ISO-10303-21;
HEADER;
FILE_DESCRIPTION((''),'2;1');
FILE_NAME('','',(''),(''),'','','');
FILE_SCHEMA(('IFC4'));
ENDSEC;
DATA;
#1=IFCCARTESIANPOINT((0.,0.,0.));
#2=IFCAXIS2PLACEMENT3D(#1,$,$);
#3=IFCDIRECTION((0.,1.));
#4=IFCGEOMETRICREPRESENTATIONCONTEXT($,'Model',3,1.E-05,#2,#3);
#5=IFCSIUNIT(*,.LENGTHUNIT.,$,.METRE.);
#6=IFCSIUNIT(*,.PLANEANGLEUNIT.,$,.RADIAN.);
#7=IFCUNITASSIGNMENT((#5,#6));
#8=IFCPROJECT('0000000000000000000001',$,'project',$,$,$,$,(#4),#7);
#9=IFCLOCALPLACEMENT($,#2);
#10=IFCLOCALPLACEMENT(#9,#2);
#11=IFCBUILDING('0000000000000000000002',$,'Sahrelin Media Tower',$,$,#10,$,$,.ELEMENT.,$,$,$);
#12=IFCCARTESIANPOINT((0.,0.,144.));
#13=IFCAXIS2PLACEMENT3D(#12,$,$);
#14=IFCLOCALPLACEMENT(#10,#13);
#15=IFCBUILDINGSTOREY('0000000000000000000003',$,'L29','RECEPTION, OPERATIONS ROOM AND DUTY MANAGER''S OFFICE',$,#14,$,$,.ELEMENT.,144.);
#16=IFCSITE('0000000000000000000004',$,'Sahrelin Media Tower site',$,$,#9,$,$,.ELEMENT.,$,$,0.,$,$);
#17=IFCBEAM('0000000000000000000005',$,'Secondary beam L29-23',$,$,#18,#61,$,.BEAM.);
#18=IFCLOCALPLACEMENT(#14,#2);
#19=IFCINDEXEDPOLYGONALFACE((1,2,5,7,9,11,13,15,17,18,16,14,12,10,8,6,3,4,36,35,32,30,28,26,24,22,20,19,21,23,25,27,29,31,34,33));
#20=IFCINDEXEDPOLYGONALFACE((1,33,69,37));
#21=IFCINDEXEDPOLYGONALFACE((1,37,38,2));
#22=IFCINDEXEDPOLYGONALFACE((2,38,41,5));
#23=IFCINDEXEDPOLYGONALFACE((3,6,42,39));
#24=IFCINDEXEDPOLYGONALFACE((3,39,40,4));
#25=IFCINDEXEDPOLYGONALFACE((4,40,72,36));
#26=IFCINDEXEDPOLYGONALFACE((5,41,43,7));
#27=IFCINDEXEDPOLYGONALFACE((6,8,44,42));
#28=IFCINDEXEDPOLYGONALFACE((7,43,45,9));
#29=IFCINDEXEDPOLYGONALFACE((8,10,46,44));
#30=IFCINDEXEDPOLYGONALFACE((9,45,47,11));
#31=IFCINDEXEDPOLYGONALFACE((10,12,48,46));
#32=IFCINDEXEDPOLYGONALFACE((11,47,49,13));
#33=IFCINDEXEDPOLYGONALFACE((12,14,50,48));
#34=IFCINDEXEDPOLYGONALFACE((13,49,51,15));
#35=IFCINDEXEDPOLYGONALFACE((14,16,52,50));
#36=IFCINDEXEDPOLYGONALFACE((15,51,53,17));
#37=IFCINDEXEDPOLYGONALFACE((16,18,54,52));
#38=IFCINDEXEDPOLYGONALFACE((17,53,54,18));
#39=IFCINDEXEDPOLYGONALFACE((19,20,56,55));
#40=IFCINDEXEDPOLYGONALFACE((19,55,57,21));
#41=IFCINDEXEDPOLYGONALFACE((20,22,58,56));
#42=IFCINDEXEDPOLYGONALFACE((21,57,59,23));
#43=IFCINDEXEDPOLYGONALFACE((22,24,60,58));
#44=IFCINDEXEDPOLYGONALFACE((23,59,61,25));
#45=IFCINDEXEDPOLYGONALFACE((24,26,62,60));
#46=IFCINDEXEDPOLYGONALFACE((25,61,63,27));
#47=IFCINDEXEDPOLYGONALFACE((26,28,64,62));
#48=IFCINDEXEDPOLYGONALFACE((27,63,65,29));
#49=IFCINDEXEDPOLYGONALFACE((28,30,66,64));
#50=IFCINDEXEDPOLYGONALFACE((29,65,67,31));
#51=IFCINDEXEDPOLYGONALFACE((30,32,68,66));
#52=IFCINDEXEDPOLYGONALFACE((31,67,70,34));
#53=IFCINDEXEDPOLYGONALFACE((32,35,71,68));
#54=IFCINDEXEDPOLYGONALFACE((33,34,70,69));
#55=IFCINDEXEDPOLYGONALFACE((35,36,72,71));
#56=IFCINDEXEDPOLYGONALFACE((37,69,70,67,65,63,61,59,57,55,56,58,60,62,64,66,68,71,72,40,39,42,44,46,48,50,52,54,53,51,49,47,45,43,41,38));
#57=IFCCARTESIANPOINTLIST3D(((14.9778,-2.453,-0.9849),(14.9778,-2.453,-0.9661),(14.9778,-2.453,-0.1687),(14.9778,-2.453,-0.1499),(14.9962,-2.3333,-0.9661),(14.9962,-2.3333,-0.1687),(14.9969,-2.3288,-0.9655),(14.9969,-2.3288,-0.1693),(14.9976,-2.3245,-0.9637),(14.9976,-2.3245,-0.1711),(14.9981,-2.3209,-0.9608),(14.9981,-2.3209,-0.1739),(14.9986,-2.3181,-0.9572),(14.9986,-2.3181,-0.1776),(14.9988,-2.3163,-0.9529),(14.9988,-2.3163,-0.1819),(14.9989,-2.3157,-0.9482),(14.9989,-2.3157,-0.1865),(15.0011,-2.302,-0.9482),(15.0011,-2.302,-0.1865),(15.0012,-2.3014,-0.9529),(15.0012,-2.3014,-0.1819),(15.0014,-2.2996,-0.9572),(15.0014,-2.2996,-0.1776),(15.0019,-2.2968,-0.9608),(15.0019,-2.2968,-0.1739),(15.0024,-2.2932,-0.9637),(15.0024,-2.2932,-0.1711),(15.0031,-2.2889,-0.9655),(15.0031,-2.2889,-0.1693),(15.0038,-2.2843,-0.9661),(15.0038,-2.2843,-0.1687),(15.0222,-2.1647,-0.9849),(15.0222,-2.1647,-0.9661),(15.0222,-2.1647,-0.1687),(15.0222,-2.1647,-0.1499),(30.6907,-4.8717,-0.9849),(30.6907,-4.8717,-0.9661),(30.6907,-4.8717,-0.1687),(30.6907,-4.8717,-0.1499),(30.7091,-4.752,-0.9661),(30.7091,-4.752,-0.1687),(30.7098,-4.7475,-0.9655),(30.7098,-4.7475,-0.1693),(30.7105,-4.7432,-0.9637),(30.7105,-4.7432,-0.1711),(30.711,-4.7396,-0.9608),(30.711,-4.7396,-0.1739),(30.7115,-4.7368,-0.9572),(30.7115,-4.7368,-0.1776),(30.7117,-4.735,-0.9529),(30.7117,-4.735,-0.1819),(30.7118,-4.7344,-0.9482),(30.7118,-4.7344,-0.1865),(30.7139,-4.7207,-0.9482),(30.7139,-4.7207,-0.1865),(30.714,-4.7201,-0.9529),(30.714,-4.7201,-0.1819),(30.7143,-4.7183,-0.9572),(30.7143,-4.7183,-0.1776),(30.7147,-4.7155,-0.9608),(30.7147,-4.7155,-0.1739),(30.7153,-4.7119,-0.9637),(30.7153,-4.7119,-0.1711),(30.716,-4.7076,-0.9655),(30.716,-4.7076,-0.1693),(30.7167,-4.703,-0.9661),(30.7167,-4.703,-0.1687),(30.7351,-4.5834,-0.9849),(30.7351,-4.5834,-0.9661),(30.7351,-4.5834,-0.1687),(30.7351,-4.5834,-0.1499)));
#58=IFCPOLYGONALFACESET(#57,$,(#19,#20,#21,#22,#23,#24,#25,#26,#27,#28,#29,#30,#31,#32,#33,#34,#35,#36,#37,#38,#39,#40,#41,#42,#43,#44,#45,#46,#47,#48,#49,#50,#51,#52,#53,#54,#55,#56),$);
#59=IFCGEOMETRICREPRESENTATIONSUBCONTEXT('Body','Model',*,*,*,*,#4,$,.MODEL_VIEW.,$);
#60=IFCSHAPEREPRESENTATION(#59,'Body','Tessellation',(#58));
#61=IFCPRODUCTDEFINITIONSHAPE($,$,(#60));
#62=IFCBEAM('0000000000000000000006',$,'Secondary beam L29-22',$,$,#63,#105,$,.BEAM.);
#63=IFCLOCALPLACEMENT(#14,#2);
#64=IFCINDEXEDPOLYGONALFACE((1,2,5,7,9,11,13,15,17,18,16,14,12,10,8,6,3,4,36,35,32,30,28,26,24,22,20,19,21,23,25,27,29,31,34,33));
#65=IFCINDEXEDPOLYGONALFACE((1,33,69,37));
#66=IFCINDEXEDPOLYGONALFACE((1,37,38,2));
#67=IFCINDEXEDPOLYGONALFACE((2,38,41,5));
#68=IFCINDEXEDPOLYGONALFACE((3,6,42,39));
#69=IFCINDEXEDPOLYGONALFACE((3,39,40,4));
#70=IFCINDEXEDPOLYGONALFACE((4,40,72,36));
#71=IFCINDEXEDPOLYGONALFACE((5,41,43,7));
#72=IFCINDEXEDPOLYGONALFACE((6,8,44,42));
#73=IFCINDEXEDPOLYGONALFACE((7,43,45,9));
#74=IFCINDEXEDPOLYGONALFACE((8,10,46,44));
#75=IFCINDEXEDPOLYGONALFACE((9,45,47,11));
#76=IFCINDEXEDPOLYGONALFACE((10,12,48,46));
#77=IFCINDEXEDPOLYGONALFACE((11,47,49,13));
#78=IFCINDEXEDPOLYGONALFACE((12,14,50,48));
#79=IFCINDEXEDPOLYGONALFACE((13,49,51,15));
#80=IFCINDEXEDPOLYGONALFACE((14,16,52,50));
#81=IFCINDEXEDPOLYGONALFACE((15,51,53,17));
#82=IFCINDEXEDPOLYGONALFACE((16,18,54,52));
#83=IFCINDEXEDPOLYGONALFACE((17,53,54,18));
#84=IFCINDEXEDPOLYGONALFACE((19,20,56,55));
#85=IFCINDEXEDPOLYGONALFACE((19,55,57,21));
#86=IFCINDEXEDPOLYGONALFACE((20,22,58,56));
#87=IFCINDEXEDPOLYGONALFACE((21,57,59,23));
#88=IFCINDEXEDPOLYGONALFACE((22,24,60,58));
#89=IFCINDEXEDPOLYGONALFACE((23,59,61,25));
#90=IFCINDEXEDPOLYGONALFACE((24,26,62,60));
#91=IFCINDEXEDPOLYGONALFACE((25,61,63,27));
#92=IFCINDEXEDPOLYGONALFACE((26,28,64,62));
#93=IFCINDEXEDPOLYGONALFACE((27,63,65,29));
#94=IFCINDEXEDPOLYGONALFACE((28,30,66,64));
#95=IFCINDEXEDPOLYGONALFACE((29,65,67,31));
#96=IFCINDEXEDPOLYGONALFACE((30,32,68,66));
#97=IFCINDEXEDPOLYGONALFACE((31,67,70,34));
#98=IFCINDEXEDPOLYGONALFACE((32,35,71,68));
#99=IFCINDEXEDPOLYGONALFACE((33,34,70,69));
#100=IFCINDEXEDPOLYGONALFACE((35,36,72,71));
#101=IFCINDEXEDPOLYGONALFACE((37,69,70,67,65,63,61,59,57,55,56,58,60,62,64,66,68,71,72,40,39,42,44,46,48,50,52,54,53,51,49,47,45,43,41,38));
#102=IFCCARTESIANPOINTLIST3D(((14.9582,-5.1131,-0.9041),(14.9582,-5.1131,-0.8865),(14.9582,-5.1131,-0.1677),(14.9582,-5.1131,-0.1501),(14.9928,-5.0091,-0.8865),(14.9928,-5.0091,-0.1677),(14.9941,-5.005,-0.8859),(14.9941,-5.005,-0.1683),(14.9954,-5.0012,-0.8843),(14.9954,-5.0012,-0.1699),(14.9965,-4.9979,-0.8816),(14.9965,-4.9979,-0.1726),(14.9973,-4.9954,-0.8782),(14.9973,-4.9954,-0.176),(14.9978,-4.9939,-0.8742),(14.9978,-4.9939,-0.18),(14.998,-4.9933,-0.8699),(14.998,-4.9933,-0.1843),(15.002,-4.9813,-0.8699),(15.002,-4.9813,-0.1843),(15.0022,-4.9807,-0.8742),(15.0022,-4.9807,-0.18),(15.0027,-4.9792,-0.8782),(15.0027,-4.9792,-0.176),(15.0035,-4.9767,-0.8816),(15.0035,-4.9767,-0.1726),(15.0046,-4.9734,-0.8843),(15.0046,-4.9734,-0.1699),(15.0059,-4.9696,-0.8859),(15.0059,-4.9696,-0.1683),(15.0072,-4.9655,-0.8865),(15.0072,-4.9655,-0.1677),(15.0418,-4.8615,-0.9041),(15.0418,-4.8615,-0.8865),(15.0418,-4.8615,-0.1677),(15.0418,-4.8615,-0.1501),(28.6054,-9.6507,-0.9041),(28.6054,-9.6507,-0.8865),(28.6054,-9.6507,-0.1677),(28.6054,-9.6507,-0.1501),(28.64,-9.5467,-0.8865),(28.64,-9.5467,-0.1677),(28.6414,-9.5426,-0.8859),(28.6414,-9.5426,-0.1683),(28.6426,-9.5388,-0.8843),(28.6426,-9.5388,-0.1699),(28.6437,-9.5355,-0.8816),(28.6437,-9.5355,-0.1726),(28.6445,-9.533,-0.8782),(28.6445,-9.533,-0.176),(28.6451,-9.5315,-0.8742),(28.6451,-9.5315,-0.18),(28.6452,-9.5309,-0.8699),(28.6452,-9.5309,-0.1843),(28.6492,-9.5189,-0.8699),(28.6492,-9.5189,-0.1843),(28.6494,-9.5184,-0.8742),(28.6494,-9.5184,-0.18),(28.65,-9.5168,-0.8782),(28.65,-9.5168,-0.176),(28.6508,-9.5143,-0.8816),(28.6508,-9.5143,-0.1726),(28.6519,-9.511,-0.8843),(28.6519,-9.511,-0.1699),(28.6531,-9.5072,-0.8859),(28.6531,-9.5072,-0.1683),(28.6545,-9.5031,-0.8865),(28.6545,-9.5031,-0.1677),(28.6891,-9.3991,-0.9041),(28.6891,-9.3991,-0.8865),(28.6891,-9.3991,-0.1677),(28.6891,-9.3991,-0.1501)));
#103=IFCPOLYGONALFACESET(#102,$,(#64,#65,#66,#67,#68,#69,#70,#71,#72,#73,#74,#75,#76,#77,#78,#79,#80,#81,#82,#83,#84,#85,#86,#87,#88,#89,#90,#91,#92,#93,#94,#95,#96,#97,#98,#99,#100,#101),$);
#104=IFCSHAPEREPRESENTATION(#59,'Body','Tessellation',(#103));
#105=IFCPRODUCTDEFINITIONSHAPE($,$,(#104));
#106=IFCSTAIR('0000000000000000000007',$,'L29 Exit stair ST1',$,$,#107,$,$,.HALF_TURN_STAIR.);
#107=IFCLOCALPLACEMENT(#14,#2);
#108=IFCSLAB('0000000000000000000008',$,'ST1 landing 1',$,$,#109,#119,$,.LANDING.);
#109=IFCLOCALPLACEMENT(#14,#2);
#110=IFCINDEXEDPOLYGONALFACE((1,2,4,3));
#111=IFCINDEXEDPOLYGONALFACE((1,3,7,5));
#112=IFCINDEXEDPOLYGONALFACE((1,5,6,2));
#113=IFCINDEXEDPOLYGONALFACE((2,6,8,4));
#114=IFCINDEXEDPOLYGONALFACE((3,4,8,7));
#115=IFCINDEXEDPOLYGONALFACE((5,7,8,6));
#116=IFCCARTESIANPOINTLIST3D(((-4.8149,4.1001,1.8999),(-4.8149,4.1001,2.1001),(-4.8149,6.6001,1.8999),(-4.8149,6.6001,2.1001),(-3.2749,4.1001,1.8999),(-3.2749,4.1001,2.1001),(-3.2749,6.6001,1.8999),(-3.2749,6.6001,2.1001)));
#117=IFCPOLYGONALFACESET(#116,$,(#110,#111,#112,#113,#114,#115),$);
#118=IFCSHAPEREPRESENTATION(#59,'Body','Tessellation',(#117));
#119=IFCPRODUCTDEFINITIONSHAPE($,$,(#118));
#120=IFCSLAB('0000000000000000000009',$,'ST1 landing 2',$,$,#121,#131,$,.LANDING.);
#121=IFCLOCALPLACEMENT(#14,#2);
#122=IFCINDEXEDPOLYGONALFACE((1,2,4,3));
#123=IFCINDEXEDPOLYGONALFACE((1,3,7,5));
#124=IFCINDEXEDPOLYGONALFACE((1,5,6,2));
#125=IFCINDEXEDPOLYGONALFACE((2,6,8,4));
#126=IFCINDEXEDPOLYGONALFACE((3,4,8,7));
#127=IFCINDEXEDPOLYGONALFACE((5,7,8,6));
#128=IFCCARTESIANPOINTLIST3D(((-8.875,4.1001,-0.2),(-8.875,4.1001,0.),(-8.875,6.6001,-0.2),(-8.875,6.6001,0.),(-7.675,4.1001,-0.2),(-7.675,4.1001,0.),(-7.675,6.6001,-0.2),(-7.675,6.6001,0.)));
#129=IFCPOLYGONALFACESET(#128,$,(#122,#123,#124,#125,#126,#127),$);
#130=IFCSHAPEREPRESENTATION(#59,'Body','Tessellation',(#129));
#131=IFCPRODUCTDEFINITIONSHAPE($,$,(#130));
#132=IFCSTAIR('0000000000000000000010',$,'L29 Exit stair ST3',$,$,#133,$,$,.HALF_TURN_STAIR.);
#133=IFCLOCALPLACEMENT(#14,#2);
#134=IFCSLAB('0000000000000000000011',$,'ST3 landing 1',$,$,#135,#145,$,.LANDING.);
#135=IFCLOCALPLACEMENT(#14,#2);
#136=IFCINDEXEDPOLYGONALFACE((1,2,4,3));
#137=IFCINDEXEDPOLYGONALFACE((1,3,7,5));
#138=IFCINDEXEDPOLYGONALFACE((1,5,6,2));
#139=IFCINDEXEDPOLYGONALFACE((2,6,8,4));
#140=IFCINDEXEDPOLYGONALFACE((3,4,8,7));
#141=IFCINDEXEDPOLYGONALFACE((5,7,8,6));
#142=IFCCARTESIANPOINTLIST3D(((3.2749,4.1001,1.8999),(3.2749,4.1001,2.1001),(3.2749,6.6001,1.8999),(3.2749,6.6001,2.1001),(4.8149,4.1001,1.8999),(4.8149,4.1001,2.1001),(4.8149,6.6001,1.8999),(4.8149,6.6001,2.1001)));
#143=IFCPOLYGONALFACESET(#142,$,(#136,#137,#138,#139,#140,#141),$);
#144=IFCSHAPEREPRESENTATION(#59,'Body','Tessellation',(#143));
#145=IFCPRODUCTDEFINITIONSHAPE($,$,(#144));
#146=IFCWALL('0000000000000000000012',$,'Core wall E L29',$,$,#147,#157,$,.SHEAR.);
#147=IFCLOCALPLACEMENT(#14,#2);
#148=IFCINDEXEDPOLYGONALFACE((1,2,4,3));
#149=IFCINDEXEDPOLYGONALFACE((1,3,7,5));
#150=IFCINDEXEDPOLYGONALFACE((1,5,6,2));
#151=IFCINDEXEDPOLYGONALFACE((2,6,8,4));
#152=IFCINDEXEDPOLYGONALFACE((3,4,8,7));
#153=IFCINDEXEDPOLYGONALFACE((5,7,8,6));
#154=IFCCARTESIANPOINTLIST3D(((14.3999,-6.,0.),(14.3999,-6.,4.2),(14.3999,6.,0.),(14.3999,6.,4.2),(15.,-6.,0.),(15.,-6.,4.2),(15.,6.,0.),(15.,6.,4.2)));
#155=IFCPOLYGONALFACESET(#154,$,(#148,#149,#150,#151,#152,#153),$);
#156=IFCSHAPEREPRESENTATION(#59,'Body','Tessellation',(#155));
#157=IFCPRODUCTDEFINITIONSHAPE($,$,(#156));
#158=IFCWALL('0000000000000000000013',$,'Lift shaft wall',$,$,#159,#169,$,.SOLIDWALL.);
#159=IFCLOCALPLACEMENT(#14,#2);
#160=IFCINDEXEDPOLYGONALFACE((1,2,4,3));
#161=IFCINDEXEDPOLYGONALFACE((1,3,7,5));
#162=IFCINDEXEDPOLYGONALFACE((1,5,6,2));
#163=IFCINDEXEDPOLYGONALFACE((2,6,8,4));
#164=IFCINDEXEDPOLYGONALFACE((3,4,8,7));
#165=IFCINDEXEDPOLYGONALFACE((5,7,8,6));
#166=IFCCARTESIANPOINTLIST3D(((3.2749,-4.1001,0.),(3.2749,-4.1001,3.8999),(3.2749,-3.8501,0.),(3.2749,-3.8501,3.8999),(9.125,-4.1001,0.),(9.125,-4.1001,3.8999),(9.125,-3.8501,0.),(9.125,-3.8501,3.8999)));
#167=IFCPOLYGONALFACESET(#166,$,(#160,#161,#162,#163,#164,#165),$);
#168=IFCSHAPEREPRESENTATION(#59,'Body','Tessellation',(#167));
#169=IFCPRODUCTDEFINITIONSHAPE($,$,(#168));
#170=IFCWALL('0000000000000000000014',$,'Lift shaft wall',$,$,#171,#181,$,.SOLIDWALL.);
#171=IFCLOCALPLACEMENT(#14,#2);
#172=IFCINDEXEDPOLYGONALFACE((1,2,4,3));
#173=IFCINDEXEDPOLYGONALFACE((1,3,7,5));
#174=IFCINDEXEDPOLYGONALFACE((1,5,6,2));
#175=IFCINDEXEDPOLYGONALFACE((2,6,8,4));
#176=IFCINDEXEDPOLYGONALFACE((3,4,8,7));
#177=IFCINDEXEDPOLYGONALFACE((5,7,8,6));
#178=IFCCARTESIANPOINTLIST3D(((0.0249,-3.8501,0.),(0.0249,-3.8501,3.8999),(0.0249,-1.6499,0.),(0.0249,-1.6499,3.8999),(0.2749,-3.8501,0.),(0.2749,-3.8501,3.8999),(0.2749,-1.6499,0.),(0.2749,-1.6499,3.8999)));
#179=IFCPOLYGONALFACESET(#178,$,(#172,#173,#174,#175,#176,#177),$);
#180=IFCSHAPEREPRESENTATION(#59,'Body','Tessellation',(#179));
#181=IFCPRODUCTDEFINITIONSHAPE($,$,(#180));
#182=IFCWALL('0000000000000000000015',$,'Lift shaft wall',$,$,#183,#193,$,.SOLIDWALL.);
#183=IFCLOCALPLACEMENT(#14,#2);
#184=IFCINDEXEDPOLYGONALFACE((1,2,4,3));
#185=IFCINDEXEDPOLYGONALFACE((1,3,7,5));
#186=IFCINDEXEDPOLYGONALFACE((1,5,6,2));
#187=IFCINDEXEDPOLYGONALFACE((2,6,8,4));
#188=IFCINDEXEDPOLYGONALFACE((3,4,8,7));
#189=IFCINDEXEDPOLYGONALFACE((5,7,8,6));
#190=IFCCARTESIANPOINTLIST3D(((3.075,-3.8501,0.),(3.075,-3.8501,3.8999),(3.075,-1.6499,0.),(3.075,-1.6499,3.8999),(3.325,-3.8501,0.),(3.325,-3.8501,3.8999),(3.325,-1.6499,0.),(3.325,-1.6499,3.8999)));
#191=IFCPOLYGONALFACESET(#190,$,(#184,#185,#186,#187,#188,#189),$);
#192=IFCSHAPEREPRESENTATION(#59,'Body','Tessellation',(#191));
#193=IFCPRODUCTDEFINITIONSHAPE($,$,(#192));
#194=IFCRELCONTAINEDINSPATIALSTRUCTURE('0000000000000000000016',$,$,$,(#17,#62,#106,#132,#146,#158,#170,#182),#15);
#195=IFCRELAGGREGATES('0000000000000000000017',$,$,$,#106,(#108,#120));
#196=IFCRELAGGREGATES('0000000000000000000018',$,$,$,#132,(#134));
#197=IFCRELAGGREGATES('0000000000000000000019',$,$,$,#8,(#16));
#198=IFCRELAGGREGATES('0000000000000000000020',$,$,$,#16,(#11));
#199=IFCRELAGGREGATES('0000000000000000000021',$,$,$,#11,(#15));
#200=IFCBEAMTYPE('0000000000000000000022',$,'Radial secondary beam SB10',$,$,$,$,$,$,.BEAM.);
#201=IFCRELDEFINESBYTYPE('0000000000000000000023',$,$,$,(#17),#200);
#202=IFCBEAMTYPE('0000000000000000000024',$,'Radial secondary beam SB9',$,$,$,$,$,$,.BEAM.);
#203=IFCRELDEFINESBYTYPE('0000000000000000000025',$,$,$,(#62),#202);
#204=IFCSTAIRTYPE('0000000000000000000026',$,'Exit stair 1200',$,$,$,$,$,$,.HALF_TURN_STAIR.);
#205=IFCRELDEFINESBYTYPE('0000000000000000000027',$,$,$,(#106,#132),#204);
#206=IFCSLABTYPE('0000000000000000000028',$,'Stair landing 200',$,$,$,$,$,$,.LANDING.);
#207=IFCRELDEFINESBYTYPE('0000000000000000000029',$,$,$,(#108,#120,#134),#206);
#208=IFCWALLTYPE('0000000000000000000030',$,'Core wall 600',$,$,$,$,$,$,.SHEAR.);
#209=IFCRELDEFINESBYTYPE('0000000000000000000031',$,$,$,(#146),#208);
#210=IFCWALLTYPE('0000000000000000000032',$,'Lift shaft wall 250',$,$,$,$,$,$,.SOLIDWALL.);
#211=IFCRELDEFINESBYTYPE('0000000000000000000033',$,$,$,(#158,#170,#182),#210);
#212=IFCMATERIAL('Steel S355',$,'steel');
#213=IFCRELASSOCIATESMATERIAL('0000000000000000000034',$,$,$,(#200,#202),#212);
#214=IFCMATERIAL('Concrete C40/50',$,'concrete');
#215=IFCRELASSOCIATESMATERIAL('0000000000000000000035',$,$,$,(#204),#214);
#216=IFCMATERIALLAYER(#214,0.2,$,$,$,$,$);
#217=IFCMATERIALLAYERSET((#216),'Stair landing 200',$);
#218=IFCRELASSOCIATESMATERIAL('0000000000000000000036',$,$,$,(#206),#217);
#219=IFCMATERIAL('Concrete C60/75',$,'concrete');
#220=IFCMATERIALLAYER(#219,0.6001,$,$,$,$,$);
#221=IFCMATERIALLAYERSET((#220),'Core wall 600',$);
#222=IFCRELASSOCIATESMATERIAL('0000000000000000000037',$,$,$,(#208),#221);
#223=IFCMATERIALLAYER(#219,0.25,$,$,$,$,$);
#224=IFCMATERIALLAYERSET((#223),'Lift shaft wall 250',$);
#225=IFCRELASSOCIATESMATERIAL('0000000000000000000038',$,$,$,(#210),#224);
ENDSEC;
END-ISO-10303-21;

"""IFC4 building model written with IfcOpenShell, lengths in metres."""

from ifc_helpers import new_model, si_unit, direction, frame, frame_2d, origin, origin_2d, place, context, subcontext, project, spatial, polyline, rectangle, i_section, outline, extrude, material, layer, layer_set, material_profile, profile_set, type_object, element, aggregate, save


model = new_model("IFC4")

# Units and contexts
model_context = context("Model", 3, precision=1e-05, world=origin(), true_north=direction((0.0, 1.0)))
body_context = subcontext(model_context, "Body", "Model", "MODEL_VIEW")
ifc_project = project(units=[si_unit("LENGTHUNIT", "METRE"), si_unit("PLANEANGLEUNIT", "RADIAN")], contexts=[model_context])

# Site, building, storey
site_placement = place(None, origin())
site = spatial("IfcSite", under=ifc_project, at=site_placement, Name="Sahrelin Media Tower site", CompositionType="ELEMENT", RefElevation=0.0)
building_placement = place(site_placement, origin())
building = spatial("IfcBuilding", under=site, at=building_placement, Name="Sahrelin Media Tower", CompositionType="ELEMENT")
storey_placement = place(building_placement, frame((0.0, 0.0, 144.0)))
storey = spatial("IfcBuildingStorey", under=building, at=storey_placement, Name="L29", Description="RECEPTION, OPERATIONS ROOM AND DUTY MANAGER'S OFFICE", CompositionType="ELEMENT", Elevation=144.0)

# Beams
ifc_material_1 = material(Name="Steel S355", Category="steel")
ifc_material_profile_1 = material_profile(ifc_material_1, i_section(OverallWidth=0.2917, OverallDepth=0.835, WebThickness=0.0139, FlangeThickness=0.0188, FilletRadius=0.0178, at=origin_2d()), Name="UB 838x292x176")
ifc_profile_set_1 = profile_set([ifc_material_profile_1], Name="Steel S355")
beam_type_1 = type_object("IfcBeamType", Name="Radial secondary beam SB10", PredefinedType="BEAM", material=ifc_profile_set_1)
beam_1_placement = place(storey_placement, frame((15.0, -2.3088, -0.5674), z_axis=(0.988359, -0.152139, 0.0), x_axis=(0.152139, 0.988359, 0.0)))
element("IfcBeam", 1, at=beam_1_placement, inside=storey, type_object=beam_type_1, Name="Secondary beam L29-23", PredefinedType="BEAM", context=body_context, shape_type="SweptSolid", body=[
    extrude(i_section(OverallWidth=0.2917, OverallDepth=0.835, WebThickness=0.0139, FlangeThickness=0.0188, FilletRadius=0.0178, at=origin_2d()), origin(), (0.0, 0.0, 1.0), 15.8979),
])
ifc_material_profile_2 = material_profile(ifc_material_1, i_section(OverallWidth=0.2651, OverallDepth=0.7539, WebThickness=0.0127, FlangeThickness=0.0176, FilletRadius=0.0166, at=origin_2d()), Name="UB 762x267x147")
ifc_profile_set_2 = profile_set([ifc_material_profile_2], Name="Steel S355")
beam_type_2 = type_object("IfcBeamType", Name="Radial secondary beam SB9", PredefinedType="BEAM", material=ifc_profile_set_2)
beam_2_placement = place(storey_placement, frame((15.0, -4.9873, -0.5271), z_axis=(0.948922, -0.31551, 0.0), x_axis=(0.31551, 0.948922, 0.0)))
element("IfcBeam", 2, at=beam_2_placement, inside=storey, type_object=beam_type_2, Name="Secondary beam L29-22", PredefinedType="BEAM", context=body_context, shape_type="SweptSolid", body=[
    extrude(i_section(OverallWidth=0.2651, OverallDepth=0.7539, WebThickness=0.0127, FlangeThickness=0.0176, FilletRadius=0.0166, at=origin_2d()), origin(), (0.0, 0.0, 1.0), 14.3818),
])

# Stair, slabs
ifc_material_2 = material(Name="Concrete C40/50", Category="concrete")
stair_type = type_object("IfcStairType", Name="Exit stair 1200", PredefinedType="HALF_TURN_STAIR", material=ifc_material_2)
placement_1 = place(storey_placement, origin())
stair_1 = element("IfcStair", 3, at=placement_1, inside=storey, type_object=stair_type, Name="L29 Exit stair ST1", PredefinedType="HALF_TURN_STAIR")
ifc_layer_1 = layer(ifc_material_2, 0.2)
ifc_layer_set_1 = layer_set([ifc_layer_1], Name="Stair landing 200")
slab_type = type_object("IfcSlabType", Name="Stair landing 200", PredefinedType="LANDING", material=ifc_layer_set_1)
placement_2 = place(storey_placement, frame((0.0, 0.0, 1.8999)))
slab_1 = element("IfcSlab", 4, at=placement_2, type_object=slab_type, Name="ST1 landing 1", PredefinedType="LANDING", context=body_context, shape_type="SweptSolid", body=[
    extrude(outline(polyline([(-4.8149, 4.1001), (-3.2749, 4.1001), (-3.2749, 6.6001), (-4.8149, 6.6001), (-4.8149, 4.1001)])), origin(), (0.0, 0.0, 1.0), 0.2002),
])
slab_2_placement = place(storey_placement, frame((0.0, 0.0, -0.2)))
slab_2 = element("IfcSlab", 5, at=slab_2_placement, type_object=slab_type, Name="ST1 landing 2", PredefinedType="LANDING", context=body_context, shape_type="SweptSolid", body=[
    extrude(outline(polyline([(-8.875, 4.1001), (-7.675, 4.1001), (-7.675, 6.6001), (-8.875, 6.6001), (-8.875, 4.1001)])), origin(), (0.0, 0.0, 1.0), 0.2),
])
aggregate(stair_1, [slab_1, slab_2])

# Stair, slab
stair_2 = element("IfcStair", 6, at=placement_1, inside=storey, type_object=stair_type, Name="L29 Exit stair ST3", PredefinedType="HALF_TURN_STAIR")
slab_3 = element("IfcSlab", 7, at=placement_2, type_object=slab_type, Name="ST3 landing 1", PredefinedType="LANDING", context=body_context, shape_type="SweptSolid", body=[
    extrude(outline(polyline([(4.8149, 6.6001), (3.2749, 6.6001), (3.2749, 4.1001), (4.8149, 4.1001), (4.8149, 6.6001)])), origin(), (0.0, 0.0, 1.0), 0.2002),
])
aggregate(stair_2, [slab_3])

# Walls
ifc_material_3 = material(Name="Concrete C60/75", Category="concrete")
ifc_layer_2 = layer(ifc_material_3, 0.6001)
ifc_layer_set_2 = layer_set([ifc_layer_2], Name="Core wall 600")
wall_type_1 = type_object("IfcWallType", Name="Core wall 600", PredefinedType="SHEAR", material=ifc_layer_set_2)
wall_1_placement = place(storey_placement, frame((14.7, -6.0, 0.0), z_axis=(0.0, 0.0, 1.0), x_axis=(0.0, 1.0, 0.0)))
element("IfcWall", 8, at=wall_1_placement, inside=storey, type_object=wall_type_1, Name="Core wall E L29", PredefinedType="SHEAR", context=body_context, shape_type="SweptSolid", body=[
    extrude(rectangle(XDim=12.0, YDim=0.6001, at=frame_2d((6.0, 0.0))), origin(), (0.0, 0.0, 1.0), 4.2),
])
ifc_layer_3 = layer(ifc_material_3, 0.25)
ifc_layer_set_3 = layer_set([ifc_layer_3], Name="Lift shaft wall 250")
wall_type_2 = type_object("IfcWallType", Name="Lift shaft wall 250", PredefinedType="SOLIDWALL", material=ifc_layer_set_3)
wall_2_placement = place(storey_placement, frame((3.2749, -3.9751, 0.0), z_axis=(0.0, 0.0, 1.0), x_axis=(1.0, 0.0, 0.0)))
element("IfcWall", 9, at=wall_2_placement, inside=storey, type_object=wall_type_2, Name="Lift shaft wall", PredefinedType="SOLIDWALL", context=body_context, shape_type="SweptSolid", body=[
    extrude(rectangle(XDim=5.8501, YDim=0.25, at=frame_2d((2.925, 0.0))), origin(), (0.0, 0.0, 1.0), 3.8999),
])
for number, where, z_axis, x_axis, name in (
    (10, (0.1499, -3.8501, 0.0), (0.0, 0.0, 1.0), (0.0, 1.0, 0.0), "Lift shaft wall"),
    (11, (3.2, -3.8501, 0.0), (0.0, 0.0, 1.0), (0.0, 1.0, 0.0), "Lift shaft wall"),
):
    element("IfcWall", number, at=place(storey_placement, frame(where, z_axis=z_axis, x_axis=x_axis)), inside=storey, type_object=wall_type_2, Name=name, PredefinedType="SOLIDWALL", context=body_context, shape_type="SweptSolid", body=[
        extrude(rectangle(XDim=2.2002, YDim=0.25, at=frame_2d((1.1001, 0.0))), origin(), (0.0, 0.0, 1.0), 3.8999),
    ])

save(model, "model.ifc")
